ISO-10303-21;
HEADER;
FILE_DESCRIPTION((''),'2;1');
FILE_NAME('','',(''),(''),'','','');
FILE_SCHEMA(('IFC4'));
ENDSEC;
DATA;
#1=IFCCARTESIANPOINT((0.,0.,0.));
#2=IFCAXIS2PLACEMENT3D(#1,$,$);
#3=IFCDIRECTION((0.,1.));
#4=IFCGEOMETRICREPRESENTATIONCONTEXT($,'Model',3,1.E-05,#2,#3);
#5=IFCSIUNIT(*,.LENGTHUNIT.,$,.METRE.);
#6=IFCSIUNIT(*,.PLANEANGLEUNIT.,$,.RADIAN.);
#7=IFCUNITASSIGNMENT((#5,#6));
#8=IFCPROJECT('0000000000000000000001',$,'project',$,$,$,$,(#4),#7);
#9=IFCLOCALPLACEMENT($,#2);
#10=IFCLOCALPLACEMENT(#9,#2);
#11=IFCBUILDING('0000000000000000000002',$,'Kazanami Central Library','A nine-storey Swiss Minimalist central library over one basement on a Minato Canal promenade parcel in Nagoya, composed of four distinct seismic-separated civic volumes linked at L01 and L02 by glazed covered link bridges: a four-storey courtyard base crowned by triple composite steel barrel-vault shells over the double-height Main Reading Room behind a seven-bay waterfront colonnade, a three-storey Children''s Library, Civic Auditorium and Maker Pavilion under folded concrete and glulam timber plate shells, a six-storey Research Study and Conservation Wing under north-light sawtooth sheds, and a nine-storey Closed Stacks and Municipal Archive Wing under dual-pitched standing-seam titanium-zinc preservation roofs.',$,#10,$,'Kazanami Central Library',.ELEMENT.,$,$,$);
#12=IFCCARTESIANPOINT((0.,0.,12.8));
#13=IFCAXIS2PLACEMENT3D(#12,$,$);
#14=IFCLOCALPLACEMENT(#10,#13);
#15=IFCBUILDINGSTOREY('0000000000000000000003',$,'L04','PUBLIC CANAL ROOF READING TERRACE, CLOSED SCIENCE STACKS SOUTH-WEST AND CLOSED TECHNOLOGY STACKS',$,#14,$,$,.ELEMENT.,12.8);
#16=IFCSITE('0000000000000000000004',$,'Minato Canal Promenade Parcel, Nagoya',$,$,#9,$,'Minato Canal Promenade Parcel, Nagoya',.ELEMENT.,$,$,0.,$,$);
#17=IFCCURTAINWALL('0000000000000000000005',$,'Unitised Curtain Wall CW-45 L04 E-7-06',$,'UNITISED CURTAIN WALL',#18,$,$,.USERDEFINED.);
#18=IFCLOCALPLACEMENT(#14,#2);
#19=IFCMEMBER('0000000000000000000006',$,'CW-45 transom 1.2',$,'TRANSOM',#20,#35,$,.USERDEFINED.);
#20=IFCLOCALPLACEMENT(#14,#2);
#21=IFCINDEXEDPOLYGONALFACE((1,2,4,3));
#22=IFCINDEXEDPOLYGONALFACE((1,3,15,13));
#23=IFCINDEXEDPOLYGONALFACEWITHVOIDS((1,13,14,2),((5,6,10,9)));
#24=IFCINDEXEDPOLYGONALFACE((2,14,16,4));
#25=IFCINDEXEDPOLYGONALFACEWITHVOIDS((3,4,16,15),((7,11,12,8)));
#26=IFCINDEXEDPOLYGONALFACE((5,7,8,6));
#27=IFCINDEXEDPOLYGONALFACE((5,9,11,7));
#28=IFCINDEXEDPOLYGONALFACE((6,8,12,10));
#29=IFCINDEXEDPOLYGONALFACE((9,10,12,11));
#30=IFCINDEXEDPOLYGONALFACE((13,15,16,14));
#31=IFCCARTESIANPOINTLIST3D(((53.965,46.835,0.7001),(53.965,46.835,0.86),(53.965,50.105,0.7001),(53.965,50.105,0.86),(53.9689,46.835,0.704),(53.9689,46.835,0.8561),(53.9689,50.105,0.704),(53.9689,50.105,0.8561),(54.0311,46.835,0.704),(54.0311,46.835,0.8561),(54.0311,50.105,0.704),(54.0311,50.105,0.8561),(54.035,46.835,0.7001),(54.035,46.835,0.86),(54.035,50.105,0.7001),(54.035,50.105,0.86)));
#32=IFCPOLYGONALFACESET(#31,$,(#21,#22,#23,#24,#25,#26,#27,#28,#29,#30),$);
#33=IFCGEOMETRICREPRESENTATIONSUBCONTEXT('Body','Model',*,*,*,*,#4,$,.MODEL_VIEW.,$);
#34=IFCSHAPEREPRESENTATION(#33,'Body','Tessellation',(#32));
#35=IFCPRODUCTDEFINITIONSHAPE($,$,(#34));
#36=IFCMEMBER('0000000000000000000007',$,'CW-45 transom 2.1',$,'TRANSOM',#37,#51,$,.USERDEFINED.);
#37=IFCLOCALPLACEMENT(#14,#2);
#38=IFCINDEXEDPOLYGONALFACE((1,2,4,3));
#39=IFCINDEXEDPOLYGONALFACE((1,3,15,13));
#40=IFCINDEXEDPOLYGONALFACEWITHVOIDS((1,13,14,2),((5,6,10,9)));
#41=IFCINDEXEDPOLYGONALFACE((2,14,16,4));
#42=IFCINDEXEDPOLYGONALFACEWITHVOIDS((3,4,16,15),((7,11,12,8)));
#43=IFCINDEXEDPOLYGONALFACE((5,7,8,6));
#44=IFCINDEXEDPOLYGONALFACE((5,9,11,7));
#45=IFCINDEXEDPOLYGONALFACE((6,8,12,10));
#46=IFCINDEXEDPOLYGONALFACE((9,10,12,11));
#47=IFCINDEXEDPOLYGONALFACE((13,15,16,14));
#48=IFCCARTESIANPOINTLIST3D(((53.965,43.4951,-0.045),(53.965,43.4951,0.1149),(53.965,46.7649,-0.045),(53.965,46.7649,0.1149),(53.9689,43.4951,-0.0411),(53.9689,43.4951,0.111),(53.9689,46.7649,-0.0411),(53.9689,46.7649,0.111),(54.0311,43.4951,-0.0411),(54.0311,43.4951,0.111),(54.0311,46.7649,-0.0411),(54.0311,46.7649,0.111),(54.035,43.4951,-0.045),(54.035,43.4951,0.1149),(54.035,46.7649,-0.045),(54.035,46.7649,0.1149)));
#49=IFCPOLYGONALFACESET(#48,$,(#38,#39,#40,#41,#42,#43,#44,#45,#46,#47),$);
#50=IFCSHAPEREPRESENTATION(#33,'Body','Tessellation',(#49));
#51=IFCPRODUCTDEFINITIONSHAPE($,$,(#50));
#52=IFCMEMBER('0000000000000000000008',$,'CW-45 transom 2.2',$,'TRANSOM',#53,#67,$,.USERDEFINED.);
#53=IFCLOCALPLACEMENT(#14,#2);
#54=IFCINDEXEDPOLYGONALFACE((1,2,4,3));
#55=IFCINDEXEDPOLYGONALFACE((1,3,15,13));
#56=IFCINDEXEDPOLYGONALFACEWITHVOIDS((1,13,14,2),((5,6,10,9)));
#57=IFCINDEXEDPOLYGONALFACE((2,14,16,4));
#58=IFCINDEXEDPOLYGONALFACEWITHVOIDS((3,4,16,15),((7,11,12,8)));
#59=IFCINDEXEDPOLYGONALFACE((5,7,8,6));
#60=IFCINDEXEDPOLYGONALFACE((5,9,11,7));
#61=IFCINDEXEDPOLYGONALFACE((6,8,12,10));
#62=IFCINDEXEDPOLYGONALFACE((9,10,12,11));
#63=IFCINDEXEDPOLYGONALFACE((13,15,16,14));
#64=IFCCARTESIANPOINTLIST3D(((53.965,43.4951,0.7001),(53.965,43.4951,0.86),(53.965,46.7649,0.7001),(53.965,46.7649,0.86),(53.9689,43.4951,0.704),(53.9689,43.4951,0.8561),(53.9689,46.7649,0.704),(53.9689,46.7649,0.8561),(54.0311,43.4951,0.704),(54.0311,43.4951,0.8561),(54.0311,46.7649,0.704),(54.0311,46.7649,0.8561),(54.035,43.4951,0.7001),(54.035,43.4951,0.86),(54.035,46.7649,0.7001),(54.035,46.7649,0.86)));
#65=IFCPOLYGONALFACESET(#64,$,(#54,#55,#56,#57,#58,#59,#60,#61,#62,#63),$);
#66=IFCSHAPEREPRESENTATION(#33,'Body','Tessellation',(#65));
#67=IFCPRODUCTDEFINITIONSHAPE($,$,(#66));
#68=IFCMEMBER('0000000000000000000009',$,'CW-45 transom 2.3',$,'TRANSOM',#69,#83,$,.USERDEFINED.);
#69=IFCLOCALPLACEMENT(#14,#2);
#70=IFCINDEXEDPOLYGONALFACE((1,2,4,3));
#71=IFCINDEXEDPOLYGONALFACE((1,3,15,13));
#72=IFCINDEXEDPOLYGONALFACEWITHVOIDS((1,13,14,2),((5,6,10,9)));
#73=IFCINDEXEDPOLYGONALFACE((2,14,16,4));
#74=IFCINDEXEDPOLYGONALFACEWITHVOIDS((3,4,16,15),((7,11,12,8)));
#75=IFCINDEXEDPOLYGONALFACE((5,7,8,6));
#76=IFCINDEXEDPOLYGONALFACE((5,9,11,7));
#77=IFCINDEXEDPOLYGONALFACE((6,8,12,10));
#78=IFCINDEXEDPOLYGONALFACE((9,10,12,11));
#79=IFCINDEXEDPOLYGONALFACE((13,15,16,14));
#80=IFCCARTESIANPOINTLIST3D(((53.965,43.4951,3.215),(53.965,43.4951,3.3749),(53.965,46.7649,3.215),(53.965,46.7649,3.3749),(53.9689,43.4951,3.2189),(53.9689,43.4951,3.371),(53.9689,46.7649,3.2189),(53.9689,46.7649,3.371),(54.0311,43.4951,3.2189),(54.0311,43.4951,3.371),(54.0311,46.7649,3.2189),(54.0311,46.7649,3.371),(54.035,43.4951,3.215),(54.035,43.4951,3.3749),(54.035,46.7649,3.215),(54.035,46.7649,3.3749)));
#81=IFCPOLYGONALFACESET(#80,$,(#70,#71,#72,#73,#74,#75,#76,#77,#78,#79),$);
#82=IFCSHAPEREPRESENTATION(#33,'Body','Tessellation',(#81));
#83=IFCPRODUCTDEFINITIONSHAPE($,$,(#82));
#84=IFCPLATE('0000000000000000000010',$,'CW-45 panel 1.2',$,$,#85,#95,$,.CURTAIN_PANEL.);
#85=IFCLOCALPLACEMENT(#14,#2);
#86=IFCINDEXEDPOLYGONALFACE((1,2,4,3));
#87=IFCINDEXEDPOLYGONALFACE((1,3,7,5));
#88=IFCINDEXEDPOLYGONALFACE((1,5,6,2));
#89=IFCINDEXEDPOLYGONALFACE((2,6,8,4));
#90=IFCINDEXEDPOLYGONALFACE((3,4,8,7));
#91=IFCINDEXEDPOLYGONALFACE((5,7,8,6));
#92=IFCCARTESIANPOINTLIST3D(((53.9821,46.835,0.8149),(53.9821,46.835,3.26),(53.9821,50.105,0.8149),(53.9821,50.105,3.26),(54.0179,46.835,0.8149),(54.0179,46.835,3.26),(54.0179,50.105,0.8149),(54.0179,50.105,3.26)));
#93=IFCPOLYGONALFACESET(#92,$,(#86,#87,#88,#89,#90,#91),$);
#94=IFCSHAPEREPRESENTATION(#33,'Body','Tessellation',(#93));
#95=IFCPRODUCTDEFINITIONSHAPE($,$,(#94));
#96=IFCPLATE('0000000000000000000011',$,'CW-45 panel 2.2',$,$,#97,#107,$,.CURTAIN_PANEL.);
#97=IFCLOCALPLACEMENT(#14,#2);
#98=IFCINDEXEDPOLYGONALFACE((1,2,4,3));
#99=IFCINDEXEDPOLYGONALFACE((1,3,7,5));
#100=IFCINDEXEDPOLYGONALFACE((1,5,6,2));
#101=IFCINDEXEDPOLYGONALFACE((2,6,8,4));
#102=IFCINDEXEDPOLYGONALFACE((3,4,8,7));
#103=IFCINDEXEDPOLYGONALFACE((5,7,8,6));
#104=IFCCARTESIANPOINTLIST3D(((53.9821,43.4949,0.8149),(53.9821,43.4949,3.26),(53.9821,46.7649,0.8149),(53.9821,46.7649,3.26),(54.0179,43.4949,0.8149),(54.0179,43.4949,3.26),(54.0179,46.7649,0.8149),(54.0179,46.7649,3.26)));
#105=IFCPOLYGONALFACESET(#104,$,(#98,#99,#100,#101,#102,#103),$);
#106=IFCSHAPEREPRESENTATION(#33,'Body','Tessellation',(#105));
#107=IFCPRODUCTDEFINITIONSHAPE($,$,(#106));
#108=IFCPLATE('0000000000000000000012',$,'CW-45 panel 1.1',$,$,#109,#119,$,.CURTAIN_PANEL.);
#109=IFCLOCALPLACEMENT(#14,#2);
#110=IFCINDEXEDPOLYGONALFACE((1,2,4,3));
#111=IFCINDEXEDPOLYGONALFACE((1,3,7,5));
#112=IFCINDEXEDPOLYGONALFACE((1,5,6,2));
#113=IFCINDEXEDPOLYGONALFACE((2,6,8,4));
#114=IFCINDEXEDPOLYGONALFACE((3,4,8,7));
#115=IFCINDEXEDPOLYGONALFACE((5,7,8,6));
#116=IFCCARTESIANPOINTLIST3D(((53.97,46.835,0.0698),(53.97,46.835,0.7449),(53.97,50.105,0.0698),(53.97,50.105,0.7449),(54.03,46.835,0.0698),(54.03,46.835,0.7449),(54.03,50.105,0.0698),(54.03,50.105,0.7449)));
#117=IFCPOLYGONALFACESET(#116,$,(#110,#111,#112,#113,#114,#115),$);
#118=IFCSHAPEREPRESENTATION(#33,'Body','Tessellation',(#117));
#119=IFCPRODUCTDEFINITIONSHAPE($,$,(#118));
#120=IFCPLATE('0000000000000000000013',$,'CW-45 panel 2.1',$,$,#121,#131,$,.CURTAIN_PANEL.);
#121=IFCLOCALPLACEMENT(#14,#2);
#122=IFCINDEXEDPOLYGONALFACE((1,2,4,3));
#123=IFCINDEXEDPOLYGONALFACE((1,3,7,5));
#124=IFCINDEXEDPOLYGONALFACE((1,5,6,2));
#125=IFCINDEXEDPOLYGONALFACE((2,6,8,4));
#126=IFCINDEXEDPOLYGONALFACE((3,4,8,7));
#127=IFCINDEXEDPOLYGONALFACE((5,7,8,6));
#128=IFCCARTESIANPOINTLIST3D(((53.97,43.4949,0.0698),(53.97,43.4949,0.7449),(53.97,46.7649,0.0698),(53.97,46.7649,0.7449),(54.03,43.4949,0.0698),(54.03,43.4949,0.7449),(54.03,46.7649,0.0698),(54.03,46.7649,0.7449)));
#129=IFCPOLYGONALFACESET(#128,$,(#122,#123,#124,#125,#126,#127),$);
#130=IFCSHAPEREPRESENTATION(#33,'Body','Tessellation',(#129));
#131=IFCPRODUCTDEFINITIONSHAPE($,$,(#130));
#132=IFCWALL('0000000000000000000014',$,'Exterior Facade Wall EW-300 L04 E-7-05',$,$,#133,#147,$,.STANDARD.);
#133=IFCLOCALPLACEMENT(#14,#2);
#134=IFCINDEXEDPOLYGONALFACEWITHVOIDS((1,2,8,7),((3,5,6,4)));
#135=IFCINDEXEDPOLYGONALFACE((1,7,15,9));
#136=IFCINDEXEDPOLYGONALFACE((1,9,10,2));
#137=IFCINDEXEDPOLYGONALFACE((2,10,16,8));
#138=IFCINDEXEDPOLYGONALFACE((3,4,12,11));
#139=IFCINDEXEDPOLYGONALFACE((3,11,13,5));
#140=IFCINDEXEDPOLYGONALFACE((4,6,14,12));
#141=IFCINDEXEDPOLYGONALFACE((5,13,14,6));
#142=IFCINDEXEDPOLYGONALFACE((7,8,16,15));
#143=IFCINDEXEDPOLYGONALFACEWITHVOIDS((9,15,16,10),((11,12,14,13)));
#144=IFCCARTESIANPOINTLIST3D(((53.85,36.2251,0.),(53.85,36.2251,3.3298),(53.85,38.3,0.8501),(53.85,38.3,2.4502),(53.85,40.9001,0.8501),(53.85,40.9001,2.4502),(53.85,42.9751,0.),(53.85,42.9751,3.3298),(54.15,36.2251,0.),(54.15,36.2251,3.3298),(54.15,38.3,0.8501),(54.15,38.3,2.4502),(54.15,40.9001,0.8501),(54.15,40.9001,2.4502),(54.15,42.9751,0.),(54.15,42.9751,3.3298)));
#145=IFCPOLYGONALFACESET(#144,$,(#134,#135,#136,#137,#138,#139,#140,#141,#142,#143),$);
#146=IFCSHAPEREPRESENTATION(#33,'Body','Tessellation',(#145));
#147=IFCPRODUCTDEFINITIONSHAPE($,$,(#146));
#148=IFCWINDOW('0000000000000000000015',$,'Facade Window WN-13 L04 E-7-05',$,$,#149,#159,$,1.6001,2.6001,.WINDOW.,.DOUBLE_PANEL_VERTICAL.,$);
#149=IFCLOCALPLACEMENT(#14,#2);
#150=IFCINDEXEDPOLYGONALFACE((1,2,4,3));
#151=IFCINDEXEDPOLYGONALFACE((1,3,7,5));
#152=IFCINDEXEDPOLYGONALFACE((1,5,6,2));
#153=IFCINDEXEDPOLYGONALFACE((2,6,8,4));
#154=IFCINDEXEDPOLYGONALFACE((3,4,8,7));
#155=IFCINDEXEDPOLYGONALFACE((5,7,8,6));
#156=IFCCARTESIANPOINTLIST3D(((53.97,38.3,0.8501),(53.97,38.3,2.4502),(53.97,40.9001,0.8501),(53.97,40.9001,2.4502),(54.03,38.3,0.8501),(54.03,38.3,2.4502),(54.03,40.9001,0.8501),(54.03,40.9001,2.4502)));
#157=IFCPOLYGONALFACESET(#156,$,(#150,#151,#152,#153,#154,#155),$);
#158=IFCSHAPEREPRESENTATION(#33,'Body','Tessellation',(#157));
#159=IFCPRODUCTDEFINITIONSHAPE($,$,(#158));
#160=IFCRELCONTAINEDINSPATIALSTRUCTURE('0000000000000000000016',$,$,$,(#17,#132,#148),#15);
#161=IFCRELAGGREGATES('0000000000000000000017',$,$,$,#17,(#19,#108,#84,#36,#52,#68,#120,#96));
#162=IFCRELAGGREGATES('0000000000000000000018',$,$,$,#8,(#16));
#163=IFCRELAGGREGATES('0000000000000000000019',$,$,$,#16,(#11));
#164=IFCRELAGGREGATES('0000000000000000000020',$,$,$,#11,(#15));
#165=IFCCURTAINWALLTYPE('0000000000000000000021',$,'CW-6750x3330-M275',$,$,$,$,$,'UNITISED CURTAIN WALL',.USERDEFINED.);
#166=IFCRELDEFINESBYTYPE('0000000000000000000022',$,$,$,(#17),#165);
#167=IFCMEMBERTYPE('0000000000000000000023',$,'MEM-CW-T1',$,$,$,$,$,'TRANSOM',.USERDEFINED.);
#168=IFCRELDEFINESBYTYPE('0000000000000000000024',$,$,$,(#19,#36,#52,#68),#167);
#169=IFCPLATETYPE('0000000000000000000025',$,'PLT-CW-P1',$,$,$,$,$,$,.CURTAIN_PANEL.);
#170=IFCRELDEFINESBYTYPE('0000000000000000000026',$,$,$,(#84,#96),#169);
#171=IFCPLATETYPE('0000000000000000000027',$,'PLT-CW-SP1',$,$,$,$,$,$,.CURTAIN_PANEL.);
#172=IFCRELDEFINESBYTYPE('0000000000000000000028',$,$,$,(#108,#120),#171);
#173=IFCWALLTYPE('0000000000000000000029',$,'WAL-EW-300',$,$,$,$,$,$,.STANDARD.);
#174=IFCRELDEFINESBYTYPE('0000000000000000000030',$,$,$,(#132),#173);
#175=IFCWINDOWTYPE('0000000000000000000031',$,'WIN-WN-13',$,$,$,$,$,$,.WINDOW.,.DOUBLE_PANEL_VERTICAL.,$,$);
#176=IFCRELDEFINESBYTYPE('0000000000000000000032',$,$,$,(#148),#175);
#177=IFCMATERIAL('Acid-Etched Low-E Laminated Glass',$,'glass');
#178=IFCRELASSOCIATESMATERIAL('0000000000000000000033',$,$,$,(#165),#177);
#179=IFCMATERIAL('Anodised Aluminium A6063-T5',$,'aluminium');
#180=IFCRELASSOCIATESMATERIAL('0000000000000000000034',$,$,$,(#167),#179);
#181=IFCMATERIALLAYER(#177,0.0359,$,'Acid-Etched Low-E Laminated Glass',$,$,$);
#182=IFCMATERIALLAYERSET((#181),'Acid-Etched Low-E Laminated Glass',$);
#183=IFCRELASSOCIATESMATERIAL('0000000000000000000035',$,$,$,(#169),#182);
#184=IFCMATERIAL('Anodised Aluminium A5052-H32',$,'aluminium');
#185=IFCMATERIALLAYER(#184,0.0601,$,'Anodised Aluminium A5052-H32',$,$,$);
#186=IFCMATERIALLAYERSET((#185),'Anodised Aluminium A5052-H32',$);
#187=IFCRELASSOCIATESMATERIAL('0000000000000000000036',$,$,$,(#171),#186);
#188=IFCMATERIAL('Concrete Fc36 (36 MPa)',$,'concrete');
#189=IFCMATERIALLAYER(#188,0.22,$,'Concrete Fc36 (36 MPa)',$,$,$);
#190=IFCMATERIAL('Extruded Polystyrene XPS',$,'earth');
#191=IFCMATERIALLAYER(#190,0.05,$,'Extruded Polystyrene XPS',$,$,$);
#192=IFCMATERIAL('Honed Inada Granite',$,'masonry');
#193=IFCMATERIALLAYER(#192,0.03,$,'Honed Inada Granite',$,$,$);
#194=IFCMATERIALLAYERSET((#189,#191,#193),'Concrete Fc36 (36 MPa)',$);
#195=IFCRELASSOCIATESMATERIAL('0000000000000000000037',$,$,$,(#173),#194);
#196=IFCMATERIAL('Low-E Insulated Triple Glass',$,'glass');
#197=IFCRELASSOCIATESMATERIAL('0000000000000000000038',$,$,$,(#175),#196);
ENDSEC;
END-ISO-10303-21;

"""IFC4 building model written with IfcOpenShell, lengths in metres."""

from ifc_helpers import new_model, si_unit, direction, frame, frame_2d, origin, origin_2d, place, context, subcontext, project, spatial, rectangle, hollow_rectangle, extrude, material, layer, layer_set, material_profile, profile_set, type_object, element, fill, aggregate, save


model = new_model("IFC4")

# Units and contexts
model_context = context("Model", 3, precision=1e-05, world=origin(), true_north=direction((0.0, 1.0)))
body_context = subcontext(model_context, "Body", "Model", "MODEL_VIEW")
ifc_project = project(units=[si_unit("LENGTHUNIT", "METRE"), si_unit("PLANEANGLEUNIT", "RADIAN")], contexts=[model_context])

# Site, building, storey
site_placement = place(None, origin())
site = spatial("IfcSite", under=ifc_project, at=site_placement, Name="Minato Canal Promenade Parcel, Nagoya", LongName="Minato Canal Promenade Parcel, Nagoya", CompositionType="ELEMENT", RefElevation=0.0)
building_placement = place(site_placement, origin())
building = spatial("IfcBuilding", under=site, at=building_placement, Name="Kazanami Central Library", Description="A nine-storey Swiss Minimalist central library over one basement on a Minato Canal promenade parcel in Nagoya, composed of four distinct seismic-separated civic volumes linked at L01 and L02 by glazed covered link bridges: a four-storey courtyard base crowned by triple composite steel barrel-vault shells over the double-height Main Reading Room behind a seven-bay waterfront colonnade, a three-storey Children's Library, Civic Auditorium and Maker Pavilion under folded concrete and glulam timber plate shells, a six-storey Research Study and Conservation Wing under north-light sawtooth sheds, and a nine-storey Closed Stacks and Municipal Archive Wing under dual-pitched standing-seam titanium-zinc preservation roofs.", LongName="Kazanami Central Library", CompositionType="ELEMENT")
storey_placement = place(building_placement, frame((0.0, 0.0, 12.8)))
storey = spatial("IfcBuildingStorey", under=building, at=storey_placement, Name="L04", Description="PUBLIC CANAL ROOF READING TERRACE, CLOSED SCIENCE STACKS SOUTH-WEST AND CLOSED TECHNOLOGY STACKS", CompositionType="ELEMENT", Elevation=12.8)

# Curtain wall, members, plates
ifc_material_1 = material(Name="Acid-Etched Low-E Laminated Glass", Category="glass")
curtain_wall_type = type_object("IfcCurtainWallType", Name="CW-6750x3330-M275", ElementType="UNITISED CURTAIN WALL", PredefinedType="USERDEFINED", material=ifc_material_1)
curtain_wall_placement = place(storey_placement, origin())
curtain_wall = element("IfcCurtainWall", 1, at=curtain_wall_placement, inside=storey, type_object=curtain_wall_type, Name="Unitised Curtain Wall CW-45 L04 E-7-06", ObjectType="UNITISED CURTAIN WALL", PredefinedType="USERDEFINED")
ifc_material_2 = material(Name="Anodised Aluminium A6063-T5", Category="aluminium")
ifc_material_profile_1 = material_profile(ifc_material_2, hollow_rectangle(XDim=0.0701, YDim=0.1599, WallThickness=0.0039, at=origin_2d()), Name="ALU-TRAN-70x160x4")
ifc_profile_set_1 = profile_set([ifc_material_profile_1], Name="Anodised Aluminium A6063-T5")
member_type_1 = type_object("IfcMemberType", Name="MEM-CW-T1", ElementType="TRANSOM", PredefinedType="USERDEFINED", material=ifc_profile_set_1)
member_1_placement = place(storey_placement, frame((54.0, 50.105, 0.78), z_axis=(0.0, -1.0, 0.0), x_axis=(1.0, 0.0, 0.0)))
member_1 = element("IfcMember", 2, at=member_1_placement, type_object=member_type_1, Name="CW-45 transom 1.2", ObjectType="TRANSOM", PredefinedType="USERDEFINED", context=body_context, shape_type="SweptSolid", body=[
    extrude(hollow_rectangle(XDim=0.0701, YDim=0.1599, WallThickness=0.0039, at=origin_2d()), origin(), (0.0, 0.0, 1.0), 3.27),
])
member_2_placement = place(storey_placement, frame((54.0, 46.7649, 0.0349), z_axis=(0.0, -1.0, 0.0), x_axis=(1.0, 0.0, 0.0)))
member_2 = element("IfcMember", 3, at=member_2_placement, type_object=member_type_1, Name="CW-45 transom 2.1", ObjectType="TRANSOM", PredefinedType="USERDEFINED", context=body_context, shape_type="SweptSolid", body=[
    extrude(hollow_rectangle(XDim=0.0701, YDim=0.1599, WallThickness=0.0039, at=origin_2d()), origin(), (0.0, 0.0, 1.0), 3.2698),
])
member_3_placement = place(storey_placement, frame((54.0, 46.7649, 0.78), z_axis=(0.0, -1.0, 0.0), x_axis=(1.0, 0.0, 0.0)))
member_3 = element("IfcMember", 4, at=member_3_placement, type_object=member_type_1, Name="CW-45 transom 2.2", ObjectType="TRANSOM", PredefinedType="USERDEFINED", context=body_context, shape_type="SweptSolid", body=[
    extrude(hollow_rectangle(XDim=0.0701, YDim=0.1599, WallThickness=0.0039, at=origin_2d()), origin(), (0.0, 0.0, 1.0), 3.2698),
])
member_4_placement = place(storey_placement, frame((54.0, 46.7649, 3.2949), z_axis=(0.0, -1.0, 0.0), x_axis=(1.0, 0.0, 0.0)))
member_4 = element("IfcMember", 5, at=member_4_placement, type_object=member_type_1, Name="CW-45 transom 2.3", ObjectType="TRANSOM", PredefinedType="USERDEFINED", context=body_context, shape_type="SweptSolid", body=[
    extrude(hollow_rectangle(XDim=0.0701, YDim=0.1599, WallThickness=0.0039, at=origin_2d()), origin(), (0.0, 0.0, 1.0), 3.2698),
])
ifc_layer_1 = layer(ifc_material_1, 0.0359, Name="Acid-Etched Low-E Laminated Glass")
ifc_layer_set_1 = layer_set([ifc_layer_1], Name="Acid-Etched Low-E Laminated Glass")
plate_type_1 = type_object("IfcPlateType", Name="PLT-CW-P1", PredefinedType="CURTAIN_PANEL", material=ifc_layer_set_1)
plate_1_placement = place(storey_placement, frame((54.0, 48.47, 0.8149), z_axis=(0.0, 0.0, 1.0), x_axis=(0.0, -1.0, 0.0)))
plate_1 = element("IfcPlate", 6, at=plate_1_placement, type_object=plate_type_1, Name="CW-45 panel 1.2", PredefinedType="CURTAIN_PANEL", context=body_context, shape_type="SweptSolid", body=[
    extrude(rectangle(XDim=3.27, YDim=0.0359, at=origin_2d()), origin(), (0.0, 0.0, 1.0), 2.4451),
])
plate_2_placement = place(storey_placement, frame((54.0, 45.1299, 0.8149), z_axis=(0.0, 0.0, 1.0), x_axis=(0.0, -1.0, 0.0)))
plate_2 = element("IfcPlate", 7, at=plate_2_placement, type_object=plate_type_1, Name="CW-45 panel 2.2", PredefinedType="CURTAIN_PANEL", context=body_context, shape_type="SweptSolid", body=[
    extrude(rectangle(XDim=3.27, YDim=0.0359, at=origin_2d()), origin(), (0.0, 0.0, 1.0), 2.4451),
])
ifc_material_3 = material(Name="Anodised Aluminium A5052-H32", Category="aluminium")
ifc_layer_2 = layer(ifc_material_3, 0.0601, Name="Anodised Aluminium A5052-H32")
ifc_layer_set_2 = layer_set([ifc_layer_2], Name="Anodised Aluminium A5052-H32")
plate_type_2 = type_object("IfcPlateType", Name="PLT-CW-SP1", PredefinedType="CURTAIN_PANEL", material=ifc_layer_set_2)
plate_3_placement = place(storey_placement, frame((54.0, 48.47, 0.0698), z_axis=(0.0, 0.0, 1.0), x_axis=(0.0, -1.0, 0.0)))
plate_3 = element("IfcPlate", 8, at=plate_3_placement, type_object=plate_type_2, Name="CW-45 panel 1.1", PredefinedType="CURTAIN_PANEL", context=body_context, shape_type="SweptSolid", body=[
    extrude(rectangle(XDim=3.27, YDim=0.0601, at=origin_2d()), origin(), (0.0, 0.0, 1.0), 0.675),
])
plate_4_placement = place(storey_placement, frame((54.0, 45.1299, 0.0698), z_axis=(0.0, 0.0, 1.0), x_axis=(0.0, -1.0, 0.0)))
plate_4 = element("IfcPlate", 9, at=plate_4_placement, type_object=plate_type_2, Name="CW-45 panel 2.1", PredefinedType="CURTAIN_PANEL", context=body_context, shape_type="SweptSolid", body=[
    extrude(rectangle(XDim=3.27, YDim=0.0601, at=origin_2d()), origin(), (0.0, 0.0, 1.0), 0.675),
])
aggregate(curtain_wall, [member_1, plate_3, plate_1, member_2, member_3, member_4, plate_4, plate_2])

# Wall, opening, window
ifc_material_4 = material(Name="Concrete Fc36 (36 MPa)", Category="concrete")
ifc_layer_3 = layer(ifc_material_4, 0.22, Name="Concrete Fc36 (36 MPa)")
ifc_material_5 = material(Name="Extruded Polystyrene XPS", Category="earth")
ifc_layer_4 = layer(ifc_material_5, 0.05, Name="Extruded Polystyrene XPS")
ifc_material_6 = material(Name="Honed Inada Granite", Category="masonry")
ifc_layer_5 = layer(ifc_material_6, 0.03, Name="Honed Inada Granite")
ifc_layer_set_3 = layer_set([ifc_layer_3, ifc_layer_4, ifc_layer_5], Name="Concrete Fc36 (36 MPa)")
wall_type_1 = type_object("IfcWallType", Name="WAL-EW-300", PredefinedType="STANDARD", material=ifc_layer_set_3)
wall_1_placement = place(storey_placement, frame((54.0, 42.9751, 0.0), z_axis=(0.0, 0.0, 1.0), x_axis=(0.0, -1.0, 0.0)))
wall_1 = element("IfcWall", 10, at=wall_1_placement, inside=storey, type_object=wall_type_1, Name="Exterior Facade Wall EW-300 L04 E-7-05", PredefinedType="STANDARD", context=body_context, shape_type="SweptSolid", body=[
    extrude(rectangle(XDim=6.75, YDim=0.3, at=frame_2d((3.375, 0.0))), origin(), (0.0, 0.0, 1.0), 3.3298),
])
opening_1_placement = place(wall_1_placement, frame((2.075, 0.0, 0.8501)))
opening_1 = element("IfcOpeningElement", 11, at=opening_1_placement, cuts=wall_1, PredefinedType="OPENING", context=body_context, shape_type="SweptSolid", body=[
    extrude(rectangle(XDim=2.6001, YDim=1.6001, at=frame_2d((1.3, 0.8))), frame((0.0, 0.1621, 0.0), z_axis=(0.0, -1.0, 0.0), x_axis=(1.0, 0.0, 0.0)), (0.0, 0.0, 1.0), 0.324),
])
ifc_material_7 = material(Name="Low-E Insulated Triple Glass", Category="glass")
window_type = type_object("IfcWindowType", Name="WIN-WN-13", PartitioningType="DOUBLE_PANEL_VERTICAL", PredefinedType="WINDOW", material=ifc_material_7)
window_placement = place(opening_1_placement, origin())
window = element("IfcWindow", 12, at=window_placement, inside=storey, type_object=window_type, Name="Facade Window WN-13 L04 E-7-05", OverallHeight=1.6001, OverallWidth=2.6001, PartitioningType="DOUBLE_PANEL_VERTICAL", PredefinedType="WINDOW", context=body_context, shape_type="SweptSolid", body=[
    extrude(rectangle(XDim=2.6001, YDim=1.6001, at=frame_2d((1.3, 0.8))), frame((0.0, 0.03, 0.0), z_axis=(0.0, -1.0, 0.0), x_axis=(1.0, 0.0, 0.0)), (0.0, 0.0, 1.0), 0.0601),
])
fill(opening_1, window)

save(model, "model.ifc")
